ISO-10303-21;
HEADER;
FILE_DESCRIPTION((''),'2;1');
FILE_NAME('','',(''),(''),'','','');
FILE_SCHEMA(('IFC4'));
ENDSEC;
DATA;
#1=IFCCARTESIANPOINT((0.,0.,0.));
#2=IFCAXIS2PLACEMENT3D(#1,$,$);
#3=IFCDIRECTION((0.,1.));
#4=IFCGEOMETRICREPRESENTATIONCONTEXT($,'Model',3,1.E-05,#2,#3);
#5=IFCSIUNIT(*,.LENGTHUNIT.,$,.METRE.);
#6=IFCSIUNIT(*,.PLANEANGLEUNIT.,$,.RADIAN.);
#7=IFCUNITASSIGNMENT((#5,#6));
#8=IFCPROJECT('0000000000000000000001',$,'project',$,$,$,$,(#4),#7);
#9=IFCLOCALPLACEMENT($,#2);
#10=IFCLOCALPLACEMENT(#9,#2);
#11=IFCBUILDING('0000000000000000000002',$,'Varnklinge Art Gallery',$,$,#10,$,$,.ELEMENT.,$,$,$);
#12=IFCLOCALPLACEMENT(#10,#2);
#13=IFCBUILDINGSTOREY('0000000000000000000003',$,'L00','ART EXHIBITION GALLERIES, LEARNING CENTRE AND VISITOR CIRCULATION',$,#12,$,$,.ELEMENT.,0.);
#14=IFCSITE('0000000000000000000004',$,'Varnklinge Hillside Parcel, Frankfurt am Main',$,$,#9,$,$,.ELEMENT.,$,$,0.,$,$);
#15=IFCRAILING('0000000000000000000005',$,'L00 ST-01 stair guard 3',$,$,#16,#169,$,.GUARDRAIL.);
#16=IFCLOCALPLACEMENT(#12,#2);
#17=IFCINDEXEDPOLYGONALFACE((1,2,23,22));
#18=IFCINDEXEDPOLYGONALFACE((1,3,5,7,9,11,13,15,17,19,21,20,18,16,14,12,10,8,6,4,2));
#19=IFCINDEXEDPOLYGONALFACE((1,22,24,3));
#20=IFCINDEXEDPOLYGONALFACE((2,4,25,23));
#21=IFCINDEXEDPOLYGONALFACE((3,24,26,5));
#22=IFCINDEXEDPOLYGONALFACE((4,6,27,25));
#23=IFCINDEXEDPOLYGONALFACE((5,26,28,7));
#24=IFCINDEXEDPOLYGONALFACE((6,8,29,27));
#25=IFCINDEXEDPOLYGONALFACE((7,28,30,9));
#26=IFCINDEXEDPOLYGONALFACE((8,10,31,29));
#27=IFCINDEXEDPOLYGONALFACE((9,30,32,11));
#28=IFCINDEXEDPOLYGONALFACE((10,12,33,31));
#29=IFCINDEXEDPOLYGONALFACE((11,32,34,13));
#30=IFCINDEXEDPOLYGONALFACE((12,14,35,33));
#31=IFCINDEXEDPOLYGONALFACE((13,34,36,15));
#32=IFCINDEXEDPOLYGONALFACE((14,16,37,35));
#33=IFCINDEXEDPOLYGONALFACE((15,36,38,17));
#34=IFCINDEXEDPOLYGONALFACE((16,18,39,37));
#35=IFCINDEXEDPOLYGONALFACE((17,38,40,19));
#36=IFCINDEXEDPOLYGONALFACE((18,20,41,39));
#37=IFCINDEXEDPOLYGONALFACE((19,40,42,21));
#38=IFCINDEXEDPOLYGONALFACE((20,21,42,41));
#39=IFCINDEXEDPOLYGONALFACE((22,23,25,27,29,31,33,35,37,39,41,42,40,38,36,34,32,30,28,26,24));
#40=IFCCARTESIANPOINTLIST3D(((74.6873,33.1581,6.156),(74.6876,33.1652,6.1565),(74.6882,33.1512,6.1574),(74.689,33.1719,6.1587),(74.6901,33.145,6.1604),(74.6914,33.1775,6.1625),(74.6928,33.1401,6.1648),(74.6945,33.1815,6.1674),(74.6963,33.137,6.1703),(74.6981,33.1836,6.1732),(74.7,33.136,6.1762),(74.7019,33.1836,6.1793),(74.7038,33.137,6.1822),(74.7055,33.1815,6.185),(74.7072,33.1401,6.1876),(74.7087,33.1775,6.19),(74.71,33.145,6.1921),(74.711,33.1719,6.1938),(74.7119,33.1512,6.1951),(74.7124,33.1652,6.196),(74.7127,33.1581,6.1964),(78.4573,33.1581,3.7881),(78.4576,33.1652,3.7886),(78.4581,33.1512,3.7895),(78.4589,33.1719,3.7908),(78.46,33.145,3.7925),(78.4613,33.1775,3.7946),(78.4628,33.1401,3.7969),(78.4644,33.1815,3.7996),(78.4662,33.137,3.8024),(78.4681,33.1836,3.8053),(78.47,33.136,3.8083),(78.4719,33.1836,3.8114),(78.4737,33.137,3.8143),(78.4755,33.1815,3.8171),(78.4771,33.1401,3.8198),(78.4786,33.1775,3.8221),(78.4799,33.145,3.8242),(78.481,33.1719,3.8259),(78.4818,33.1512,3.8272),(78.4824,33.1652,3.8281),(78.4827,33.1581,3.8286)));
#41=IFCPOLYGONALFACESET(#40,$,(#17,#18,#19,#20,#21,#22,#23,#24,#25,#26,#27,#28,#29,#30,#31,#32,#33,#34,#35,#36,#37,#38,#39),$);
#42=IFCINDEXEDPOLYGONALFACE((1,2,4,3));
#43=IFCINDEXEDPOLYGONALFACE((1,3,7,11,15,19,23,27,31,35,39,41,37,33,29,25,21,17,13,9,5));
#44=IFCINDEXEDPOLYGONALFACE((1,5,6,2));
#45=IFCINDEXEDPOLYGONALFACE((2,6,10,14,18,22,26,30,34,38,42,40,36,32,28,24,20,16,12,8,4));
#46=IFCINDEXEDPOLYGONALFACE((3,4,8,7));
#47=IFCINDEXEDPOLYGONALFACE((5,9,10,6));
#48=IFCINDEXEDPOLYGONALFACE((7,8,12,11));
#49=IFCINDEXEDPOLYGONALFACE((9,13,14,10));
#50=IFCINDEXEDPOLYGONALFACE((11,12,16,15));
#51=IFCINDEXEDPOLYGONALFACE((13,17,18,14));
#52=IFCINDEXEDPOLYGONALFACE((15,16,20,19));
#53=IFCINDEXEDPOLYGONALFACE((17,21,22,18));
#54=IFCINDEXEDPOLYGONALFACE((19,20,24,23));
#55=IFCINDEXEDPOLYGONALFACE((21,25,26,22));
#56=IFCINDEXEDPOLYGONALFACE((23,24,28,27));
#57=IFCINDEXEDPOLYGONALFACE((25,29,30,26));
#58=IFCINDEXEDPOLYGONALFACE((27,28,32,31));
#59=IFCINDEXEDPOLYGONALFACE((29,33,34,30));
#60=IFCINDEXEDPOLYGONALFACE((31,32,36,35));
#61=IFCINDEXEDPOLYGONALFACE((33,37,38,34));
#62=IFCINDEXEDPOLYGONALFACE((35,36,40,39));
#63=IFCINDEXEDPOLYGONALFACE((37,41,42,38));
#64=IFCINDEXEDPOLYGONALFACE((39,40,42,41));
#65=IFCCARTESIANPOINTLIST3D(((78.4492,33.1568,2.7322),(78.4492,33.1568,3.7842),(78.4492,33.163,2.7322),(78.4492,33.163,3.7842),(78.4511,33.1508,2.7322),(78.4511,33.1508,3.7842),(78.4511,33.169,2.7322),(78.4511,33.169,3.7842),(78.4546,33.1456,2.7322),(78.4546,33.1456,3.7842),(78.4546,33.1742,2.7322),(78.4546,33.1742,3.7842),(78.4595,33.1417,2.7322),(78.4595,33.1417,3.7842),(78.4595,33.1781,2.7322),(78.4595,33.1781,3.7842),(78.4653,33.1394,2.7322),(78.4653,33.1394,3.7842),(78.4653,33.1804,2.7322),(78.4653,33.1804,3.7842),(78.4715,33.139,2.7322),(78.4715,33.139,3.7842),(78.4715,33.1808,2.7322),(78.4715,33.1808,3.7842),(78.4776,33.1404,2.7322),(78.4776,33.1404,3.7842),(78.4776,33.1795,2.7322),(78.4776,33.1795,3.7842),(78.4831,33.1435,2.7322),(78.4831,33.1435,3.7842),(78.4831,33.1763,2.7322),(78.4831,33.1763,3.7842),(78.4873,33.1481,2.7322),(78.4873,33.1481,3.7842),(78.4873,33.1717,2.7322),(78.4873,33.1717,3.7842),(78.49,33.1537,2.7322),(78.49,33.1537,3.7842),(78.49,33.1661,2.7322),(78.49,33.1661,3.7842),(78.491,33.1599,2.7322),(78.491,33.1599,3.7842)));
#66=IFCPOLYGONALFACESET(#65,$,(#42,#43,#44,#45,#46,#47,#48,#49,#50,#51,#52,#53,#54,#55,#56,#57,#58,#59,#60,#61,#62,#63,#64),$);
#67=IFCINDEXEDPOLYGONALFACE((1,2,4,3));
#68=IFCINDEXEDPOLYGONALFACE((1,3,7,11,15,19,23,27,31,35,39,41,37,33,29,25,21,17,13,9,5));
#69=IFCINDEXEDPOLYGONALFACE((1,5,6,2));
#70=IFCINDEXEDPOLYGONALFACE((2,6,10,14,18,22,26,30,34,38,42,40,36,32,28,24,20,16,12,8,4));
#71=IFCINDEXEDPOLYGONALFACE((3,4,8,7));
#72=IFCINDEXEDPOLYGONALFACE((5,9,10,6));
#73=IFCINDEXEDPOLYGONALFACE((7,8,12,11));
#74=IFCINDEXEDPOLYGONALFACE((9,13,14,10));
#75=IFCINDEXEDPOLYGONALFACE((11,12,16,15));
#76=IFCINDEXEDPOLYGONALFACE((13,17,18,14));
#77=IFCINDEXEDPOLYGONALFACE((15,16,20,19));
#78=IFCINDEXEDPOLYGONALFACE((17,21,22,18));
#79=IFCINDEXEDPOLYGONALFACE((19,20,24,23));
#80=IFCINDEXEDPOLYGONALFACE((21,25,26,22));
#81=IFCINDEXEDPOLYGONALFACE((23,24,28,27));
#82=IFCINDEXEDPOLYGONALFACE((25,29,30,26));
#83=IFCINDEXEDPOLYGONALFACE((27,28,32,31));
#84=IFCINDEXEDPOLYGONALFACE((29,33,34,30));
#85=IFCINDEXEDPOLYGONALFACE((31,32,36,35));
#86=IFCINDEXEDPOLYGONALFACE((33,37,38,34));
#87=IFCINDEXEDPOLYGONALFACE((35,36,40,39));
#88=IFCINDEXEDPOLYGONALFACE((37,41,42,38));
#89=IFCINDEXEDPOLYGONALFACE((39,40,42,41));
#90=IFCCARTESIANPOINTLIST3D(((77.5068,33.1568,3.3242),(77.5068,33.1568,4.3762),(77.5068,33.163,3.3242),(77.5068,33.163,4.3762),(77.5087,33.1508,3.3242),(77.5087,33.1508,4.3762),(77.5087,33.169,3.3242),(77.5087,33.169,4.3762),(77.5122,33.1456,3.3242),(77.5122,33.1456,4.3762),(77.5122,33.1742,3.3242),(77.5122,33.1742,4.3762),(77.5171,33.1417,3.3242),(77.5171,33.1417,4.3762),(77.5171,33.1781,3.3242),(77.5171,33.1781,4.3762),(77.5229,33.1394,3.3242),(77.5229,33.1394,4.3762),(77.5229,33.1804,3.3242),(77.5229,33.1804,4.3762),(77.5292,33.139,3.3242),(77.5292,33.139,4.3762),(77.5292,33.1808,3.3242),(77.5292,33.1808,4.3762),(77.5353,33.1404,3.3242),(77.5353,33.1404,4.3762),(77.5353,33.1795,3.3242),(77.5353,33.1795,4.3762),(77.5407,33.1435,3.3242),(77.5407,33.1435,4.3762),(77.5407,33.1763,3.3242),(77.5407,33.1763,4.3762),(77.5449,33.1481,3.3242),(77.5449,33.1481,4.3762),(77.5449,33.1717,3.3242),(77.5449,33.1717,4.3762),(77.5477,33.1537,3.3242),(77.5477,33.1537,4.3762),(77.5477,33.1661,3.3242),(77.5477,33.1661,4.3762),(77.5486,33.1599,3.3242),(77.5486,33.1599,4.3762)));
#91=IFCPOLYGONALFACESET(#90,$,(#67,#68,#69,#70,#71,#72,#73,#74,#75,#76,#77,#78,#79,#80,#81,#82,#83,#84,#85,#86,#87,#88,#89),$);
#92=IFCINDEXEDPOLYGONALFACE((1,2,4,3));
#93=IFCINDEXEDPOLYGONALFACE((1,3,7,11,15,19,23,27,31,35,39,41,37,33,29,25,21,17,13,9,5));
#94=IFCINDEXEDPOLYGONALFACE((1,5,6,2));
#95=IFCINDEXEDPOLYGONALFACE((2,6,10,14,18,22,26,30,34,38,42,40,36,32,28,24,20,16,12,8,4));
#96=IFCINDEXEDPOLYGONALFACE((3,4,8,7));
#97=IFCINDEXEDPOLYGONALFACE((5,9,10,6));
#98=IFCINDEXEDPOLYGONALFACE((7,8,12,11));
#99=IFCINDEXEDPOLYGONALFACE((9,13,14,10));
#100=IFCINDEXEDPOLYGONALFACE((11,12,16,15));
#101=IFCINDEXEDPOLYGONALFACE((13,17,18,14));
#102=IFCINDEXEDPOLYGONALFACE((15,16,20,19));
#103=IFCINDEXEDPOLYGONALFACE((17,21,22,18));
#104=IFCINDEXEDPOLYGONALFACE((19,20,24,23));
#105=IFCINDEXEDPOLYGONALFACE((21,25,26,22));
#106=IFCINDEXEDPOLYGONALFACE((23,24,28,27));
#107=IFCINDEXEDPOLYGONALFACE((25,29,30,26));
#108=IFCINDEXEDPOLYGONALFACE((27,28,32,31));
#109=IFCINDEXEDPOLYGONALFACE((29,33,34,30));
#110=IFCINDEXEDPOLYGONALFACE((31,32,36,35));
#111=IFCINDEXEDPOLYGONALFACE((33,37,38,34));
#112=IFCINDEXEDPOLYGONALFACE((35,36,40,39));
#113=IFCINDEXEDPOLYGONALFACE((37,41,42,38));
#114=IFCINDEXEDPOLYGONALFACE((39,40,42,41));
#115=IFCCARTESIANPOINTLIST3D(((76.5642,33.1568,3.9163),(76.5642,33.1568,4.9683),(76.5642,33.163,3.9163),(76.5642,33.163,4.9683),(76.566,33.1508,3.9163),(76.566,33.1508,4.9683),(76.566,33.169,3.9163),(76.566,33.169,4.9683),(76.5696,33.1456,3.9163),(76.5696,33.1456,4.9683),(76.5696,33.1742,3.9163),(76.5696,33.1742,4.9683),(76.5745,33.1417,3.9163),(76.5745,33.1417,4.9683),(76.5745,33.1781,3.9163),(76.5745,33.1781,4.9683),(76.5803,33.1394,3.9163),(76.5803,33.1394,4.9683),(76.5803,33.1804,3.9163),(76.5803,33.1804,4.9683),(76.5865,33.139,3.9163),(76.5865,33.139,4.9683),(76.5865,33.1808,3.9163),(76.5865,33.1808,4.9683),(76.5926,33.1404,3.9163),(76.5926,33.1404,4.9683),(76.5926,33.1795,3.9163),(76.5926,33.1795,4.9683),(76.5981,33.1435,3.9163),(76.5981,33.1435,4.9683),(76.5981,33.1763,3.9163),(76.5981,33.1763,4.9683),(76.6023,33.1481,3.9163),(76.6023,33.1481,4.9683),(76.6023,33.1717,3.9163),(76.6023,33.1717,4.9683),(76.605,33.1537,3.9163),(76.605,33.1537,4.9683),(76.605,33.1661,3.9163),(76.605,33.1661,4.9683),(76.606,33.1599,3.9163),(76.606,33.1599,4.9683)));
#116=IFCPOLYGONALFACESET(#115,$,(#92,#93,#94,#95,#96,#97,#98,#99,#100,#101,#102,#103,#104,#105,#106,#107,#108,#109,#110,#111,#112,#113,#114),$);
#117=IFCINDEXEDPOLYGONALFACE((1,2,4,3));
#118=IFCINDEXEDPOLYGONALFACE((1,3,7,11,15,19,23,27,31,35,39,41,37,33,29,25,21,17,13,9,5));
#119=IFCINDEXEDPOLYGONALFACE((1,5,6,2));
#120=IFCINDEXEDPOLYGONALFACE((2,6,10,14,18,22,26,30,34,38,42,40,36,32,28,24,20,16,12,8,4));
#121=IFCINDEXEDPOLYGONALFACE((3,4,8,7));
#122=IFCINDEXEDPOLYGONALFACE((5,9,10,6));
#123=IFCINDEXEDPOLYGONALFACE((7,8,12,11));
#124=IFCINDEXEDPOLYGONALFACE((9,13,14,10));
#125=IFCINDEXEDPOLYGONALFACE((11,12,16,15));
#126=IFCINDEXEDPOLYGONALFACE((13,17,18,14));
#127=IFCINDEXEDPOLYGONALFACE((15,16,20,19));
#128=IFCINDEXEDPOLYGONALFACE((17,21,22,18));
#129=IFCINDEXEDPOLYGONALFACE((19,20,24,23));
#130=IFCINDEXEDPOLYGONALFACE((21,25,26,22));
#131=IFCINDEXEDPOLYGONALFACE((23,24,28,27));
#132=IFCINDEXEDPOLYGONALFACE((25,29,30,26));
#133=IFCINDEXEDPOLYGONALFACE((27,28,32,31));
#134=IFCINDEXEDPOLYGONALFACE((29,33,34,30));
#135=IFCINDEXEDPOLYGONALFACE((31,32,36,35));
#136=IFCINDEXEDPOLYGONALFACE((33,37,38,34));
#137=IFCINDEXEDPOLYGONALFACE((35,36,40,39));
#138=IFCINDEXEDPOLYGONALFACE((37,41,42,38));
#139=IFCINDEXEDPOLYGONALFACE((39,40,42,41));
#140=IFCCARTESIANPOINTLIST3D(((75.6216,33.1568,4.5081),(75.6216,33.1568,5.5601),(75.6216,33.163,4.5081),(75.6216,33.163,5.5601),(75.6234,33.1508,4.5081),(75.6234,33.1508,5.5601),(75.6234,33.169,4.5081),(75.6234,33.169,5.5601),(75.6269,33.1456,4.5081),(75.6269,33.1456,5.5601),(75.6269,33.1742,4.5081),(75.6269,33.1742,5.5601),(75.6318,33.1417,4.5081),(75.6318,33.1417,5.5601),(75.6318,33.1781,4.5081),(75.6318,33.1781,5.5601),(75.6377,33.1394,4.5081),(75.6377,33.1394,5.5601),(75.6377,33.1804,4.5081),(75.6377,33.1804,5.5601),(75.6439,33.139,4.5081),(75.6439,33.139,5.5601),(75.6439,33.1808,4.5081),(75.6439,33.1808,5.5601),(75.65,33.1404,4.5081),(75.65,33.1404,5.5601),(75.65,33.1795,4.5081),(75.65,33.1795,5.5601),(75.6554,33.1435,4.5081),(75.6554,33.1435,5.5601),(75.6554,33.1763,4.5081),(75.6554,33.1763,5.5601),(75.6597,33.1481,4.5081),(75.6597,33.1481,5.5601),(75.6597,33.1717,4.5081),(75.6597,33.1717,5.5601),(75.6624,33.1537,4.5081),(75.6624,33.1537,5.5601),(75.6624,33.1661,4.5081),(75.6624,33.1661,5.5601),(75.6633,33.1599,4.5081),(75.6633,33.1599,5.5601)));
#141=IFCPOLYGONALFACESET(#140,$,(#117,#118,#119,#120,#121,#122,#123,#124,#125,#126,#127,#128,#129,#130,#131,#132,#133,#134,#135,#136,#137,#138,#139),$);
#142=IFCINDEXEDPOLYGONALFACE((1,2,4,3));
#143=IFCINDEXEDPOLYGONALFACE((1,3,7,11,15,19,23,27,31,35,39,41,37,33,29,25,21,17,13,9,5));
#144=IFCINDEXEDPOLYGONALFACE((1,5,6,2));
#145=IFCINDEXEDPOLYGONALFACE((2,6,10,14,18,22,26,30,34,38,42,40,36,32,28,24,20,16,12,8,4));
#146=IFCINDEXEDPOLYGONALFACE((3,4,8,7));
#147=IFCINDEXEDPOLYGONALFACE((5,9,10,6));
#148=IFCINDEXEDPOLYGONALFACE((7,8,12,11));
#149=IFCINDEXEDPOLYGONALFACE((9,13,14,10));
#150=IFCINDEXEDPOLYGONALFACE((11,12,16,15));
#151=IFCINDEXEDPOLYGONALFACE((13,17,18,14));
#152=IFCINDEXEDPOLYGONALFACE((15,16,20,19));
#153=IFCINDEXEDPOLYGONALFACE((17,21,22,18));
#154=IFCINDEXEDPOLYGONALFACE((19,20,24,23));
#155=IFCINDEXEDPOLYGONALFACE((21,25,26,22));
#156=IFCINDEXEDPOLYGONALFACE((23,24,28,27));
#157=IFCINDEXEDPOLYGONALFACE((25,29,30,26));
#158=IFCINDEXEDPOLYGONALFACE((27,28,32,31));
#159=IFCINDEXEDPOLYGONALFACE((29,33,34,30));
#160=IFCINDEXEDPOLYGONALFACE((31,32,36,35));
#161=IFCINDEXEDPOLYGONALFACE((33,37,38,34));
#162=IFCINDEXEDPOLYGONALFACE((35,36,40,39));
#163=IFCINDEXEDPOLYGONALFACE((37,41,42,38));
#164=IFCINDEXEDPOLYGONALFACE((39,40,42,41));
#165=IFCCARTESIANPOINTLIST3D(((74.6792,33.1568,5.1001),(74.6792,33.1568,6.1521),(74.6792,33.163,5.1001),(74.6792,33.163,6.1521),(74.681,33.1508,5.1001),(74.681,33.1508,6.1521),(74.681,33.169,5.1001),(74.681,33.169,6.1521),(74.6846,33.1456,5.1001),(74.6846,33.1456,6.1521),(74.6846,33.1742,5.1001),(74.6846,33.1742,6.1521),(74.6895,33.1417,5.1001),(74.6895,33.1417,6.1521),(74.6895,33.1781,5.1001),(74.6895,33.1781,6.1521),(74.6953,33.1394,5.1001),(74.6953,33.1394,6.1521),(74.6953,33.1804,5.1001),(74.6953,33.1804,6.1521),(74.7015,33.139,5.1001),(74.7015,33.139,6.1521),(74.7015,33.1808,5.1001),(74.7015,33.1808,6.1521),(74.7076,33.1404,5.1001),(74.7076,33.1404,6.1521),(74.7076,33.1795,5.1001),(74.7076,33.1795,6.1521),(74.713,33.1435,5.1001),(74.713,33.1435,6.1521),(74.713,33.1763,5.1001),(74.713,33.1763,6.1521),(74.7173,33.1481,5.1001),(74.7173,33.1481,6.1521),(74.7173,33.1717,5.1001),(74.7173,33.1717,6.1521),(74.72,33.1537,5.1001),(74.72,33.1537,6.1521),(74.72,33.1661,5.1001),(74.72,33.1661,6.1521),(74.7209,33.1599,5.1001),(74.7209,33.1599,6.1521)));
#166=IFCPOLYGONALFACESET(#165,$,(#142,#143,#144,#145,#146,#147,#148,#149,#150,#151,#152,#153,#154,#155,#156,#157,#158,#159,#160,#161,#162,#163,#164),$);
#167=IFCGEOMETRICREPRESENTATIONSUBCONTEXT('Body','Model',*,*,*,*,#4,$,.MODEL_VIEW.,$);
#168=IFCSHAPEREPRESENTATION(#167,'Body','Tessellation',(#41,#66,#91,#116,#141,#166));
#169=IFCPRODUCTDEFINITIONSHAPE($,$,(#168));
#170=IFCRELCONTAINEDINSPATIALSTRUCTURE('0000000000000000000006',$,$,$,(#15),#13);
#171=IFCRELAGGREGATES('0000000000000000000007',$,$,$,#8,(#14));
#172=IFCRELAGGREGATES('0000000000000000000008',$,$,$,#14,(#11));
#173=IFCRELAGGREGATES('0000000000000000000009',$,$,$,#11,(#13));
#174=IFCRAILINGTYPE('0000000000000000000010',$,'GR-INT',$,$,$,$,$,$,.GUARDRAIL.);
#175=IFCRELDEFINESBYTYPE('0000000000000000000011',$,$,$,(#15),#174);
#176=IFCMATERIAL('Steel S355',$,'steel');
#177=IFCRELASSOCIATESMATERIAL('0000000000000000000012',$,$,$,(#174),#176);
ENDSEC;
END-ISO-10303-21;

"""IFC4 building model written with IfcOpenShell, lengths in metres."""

from ifc_helpers import new_model, si_unit, direction, frame, origin, origin_2d, place, context, subcontext, project, spatial, circle, extrude, material, type_object, element, save


model = new_model("IFC4")

# Units and contexts
model_context = context("Model", 3, precision=1e-05, world=origin(), true_north=direction((0.0, 1.0)))
body_context = subcontext(model_context, "Body", "Model", "MODEL_VIEW")
ifc_project = project(units=[si_unit("LENGTHUNIT", "METRE"), si_unit("PLANEANGLEUNIT", "RADIAN")], contexts=[model_context])

# Site, building, storey
site_placement = place(None, origin())
site = spatial("IfcSite", under=ifc_project, at=site_placement, Name="Varnklinge Hillside Parcel, Frankfurt am Main", CompositionType="ELEMENT", RefElevation=0.0)
building_placement = place(site_placement, origin())
building = spatial("IfcBuilding", under=site, at=building_placement, Name="Varnklinge Art Gallery", CompositionType="ELEMENT")
storey_placement = place(building_placement, origin())
storey = spatial("IfcBuildingStorey", under=building, at=storey_placement, Name="L00", Description="ART EXHIBITION GALLERIES, LEARNING CENTRE AND VISITOR CIRCULATION", CompositionType="ELEMENT", Elevation=0.0)

# Railing
ifc_material_1 = material(Name="Steel S355", Category="steel")
railing_type_1 = type_object("IfcRailingType", Name="GR-INT", PredefinedType="GUARDRAIL", material=ifc_material_1)
railing_1_placement = place(storey_placement, frame((78.47, 33.1599, 2.7322)))
element("IfcRailing", 1, at=railing_1_placement, inside=storey, type_object=railing_type_1, Name="L00 ST-01 stair guard 3", PredefinedType="GUARDRAIL", context=body_context, shape_type="SweptSolid", body=[
    extrude(circle(Radius=0.0239, at=origin_2d()), frame((0.0, 0.0, 1.0762), z_axis=(-0.846819, 0.0, 0.531881), x_axis=(0.0, -1.0, 0.0)), (0.0, 0.0, 1.0), 4.4519),
    extrude(circle(Radius=0.021, at=origin_2d()), origin(), (0.0, 0.0, 1.0), 1.052),
    extrude(circle(Radius=0.021, at=origin_2d()), frame((-0.9424, 0.0, 0.592)), (0.0, 0.0, 1.0), 1.052),
    extrude(circle(Radius=0.021, at=origin_2d()), frame((-1.885, 0.0, 1.1841)), (0.0, 0.0, 1.0), 1.052),
    extrude(circle(Radius=0.021, at=origin_2d()), frame((-2.8276, 0.0, 1.7759)), (0.0, 0.0, 1.0), 1.052),
    extrude(circle(Radius=0.021, at=origin_2d()), frame((-3.77, 0.0, 2.3679)), (0.0, 0.0, 1.0), 1.052),
])

save(model, "model.ifc")
